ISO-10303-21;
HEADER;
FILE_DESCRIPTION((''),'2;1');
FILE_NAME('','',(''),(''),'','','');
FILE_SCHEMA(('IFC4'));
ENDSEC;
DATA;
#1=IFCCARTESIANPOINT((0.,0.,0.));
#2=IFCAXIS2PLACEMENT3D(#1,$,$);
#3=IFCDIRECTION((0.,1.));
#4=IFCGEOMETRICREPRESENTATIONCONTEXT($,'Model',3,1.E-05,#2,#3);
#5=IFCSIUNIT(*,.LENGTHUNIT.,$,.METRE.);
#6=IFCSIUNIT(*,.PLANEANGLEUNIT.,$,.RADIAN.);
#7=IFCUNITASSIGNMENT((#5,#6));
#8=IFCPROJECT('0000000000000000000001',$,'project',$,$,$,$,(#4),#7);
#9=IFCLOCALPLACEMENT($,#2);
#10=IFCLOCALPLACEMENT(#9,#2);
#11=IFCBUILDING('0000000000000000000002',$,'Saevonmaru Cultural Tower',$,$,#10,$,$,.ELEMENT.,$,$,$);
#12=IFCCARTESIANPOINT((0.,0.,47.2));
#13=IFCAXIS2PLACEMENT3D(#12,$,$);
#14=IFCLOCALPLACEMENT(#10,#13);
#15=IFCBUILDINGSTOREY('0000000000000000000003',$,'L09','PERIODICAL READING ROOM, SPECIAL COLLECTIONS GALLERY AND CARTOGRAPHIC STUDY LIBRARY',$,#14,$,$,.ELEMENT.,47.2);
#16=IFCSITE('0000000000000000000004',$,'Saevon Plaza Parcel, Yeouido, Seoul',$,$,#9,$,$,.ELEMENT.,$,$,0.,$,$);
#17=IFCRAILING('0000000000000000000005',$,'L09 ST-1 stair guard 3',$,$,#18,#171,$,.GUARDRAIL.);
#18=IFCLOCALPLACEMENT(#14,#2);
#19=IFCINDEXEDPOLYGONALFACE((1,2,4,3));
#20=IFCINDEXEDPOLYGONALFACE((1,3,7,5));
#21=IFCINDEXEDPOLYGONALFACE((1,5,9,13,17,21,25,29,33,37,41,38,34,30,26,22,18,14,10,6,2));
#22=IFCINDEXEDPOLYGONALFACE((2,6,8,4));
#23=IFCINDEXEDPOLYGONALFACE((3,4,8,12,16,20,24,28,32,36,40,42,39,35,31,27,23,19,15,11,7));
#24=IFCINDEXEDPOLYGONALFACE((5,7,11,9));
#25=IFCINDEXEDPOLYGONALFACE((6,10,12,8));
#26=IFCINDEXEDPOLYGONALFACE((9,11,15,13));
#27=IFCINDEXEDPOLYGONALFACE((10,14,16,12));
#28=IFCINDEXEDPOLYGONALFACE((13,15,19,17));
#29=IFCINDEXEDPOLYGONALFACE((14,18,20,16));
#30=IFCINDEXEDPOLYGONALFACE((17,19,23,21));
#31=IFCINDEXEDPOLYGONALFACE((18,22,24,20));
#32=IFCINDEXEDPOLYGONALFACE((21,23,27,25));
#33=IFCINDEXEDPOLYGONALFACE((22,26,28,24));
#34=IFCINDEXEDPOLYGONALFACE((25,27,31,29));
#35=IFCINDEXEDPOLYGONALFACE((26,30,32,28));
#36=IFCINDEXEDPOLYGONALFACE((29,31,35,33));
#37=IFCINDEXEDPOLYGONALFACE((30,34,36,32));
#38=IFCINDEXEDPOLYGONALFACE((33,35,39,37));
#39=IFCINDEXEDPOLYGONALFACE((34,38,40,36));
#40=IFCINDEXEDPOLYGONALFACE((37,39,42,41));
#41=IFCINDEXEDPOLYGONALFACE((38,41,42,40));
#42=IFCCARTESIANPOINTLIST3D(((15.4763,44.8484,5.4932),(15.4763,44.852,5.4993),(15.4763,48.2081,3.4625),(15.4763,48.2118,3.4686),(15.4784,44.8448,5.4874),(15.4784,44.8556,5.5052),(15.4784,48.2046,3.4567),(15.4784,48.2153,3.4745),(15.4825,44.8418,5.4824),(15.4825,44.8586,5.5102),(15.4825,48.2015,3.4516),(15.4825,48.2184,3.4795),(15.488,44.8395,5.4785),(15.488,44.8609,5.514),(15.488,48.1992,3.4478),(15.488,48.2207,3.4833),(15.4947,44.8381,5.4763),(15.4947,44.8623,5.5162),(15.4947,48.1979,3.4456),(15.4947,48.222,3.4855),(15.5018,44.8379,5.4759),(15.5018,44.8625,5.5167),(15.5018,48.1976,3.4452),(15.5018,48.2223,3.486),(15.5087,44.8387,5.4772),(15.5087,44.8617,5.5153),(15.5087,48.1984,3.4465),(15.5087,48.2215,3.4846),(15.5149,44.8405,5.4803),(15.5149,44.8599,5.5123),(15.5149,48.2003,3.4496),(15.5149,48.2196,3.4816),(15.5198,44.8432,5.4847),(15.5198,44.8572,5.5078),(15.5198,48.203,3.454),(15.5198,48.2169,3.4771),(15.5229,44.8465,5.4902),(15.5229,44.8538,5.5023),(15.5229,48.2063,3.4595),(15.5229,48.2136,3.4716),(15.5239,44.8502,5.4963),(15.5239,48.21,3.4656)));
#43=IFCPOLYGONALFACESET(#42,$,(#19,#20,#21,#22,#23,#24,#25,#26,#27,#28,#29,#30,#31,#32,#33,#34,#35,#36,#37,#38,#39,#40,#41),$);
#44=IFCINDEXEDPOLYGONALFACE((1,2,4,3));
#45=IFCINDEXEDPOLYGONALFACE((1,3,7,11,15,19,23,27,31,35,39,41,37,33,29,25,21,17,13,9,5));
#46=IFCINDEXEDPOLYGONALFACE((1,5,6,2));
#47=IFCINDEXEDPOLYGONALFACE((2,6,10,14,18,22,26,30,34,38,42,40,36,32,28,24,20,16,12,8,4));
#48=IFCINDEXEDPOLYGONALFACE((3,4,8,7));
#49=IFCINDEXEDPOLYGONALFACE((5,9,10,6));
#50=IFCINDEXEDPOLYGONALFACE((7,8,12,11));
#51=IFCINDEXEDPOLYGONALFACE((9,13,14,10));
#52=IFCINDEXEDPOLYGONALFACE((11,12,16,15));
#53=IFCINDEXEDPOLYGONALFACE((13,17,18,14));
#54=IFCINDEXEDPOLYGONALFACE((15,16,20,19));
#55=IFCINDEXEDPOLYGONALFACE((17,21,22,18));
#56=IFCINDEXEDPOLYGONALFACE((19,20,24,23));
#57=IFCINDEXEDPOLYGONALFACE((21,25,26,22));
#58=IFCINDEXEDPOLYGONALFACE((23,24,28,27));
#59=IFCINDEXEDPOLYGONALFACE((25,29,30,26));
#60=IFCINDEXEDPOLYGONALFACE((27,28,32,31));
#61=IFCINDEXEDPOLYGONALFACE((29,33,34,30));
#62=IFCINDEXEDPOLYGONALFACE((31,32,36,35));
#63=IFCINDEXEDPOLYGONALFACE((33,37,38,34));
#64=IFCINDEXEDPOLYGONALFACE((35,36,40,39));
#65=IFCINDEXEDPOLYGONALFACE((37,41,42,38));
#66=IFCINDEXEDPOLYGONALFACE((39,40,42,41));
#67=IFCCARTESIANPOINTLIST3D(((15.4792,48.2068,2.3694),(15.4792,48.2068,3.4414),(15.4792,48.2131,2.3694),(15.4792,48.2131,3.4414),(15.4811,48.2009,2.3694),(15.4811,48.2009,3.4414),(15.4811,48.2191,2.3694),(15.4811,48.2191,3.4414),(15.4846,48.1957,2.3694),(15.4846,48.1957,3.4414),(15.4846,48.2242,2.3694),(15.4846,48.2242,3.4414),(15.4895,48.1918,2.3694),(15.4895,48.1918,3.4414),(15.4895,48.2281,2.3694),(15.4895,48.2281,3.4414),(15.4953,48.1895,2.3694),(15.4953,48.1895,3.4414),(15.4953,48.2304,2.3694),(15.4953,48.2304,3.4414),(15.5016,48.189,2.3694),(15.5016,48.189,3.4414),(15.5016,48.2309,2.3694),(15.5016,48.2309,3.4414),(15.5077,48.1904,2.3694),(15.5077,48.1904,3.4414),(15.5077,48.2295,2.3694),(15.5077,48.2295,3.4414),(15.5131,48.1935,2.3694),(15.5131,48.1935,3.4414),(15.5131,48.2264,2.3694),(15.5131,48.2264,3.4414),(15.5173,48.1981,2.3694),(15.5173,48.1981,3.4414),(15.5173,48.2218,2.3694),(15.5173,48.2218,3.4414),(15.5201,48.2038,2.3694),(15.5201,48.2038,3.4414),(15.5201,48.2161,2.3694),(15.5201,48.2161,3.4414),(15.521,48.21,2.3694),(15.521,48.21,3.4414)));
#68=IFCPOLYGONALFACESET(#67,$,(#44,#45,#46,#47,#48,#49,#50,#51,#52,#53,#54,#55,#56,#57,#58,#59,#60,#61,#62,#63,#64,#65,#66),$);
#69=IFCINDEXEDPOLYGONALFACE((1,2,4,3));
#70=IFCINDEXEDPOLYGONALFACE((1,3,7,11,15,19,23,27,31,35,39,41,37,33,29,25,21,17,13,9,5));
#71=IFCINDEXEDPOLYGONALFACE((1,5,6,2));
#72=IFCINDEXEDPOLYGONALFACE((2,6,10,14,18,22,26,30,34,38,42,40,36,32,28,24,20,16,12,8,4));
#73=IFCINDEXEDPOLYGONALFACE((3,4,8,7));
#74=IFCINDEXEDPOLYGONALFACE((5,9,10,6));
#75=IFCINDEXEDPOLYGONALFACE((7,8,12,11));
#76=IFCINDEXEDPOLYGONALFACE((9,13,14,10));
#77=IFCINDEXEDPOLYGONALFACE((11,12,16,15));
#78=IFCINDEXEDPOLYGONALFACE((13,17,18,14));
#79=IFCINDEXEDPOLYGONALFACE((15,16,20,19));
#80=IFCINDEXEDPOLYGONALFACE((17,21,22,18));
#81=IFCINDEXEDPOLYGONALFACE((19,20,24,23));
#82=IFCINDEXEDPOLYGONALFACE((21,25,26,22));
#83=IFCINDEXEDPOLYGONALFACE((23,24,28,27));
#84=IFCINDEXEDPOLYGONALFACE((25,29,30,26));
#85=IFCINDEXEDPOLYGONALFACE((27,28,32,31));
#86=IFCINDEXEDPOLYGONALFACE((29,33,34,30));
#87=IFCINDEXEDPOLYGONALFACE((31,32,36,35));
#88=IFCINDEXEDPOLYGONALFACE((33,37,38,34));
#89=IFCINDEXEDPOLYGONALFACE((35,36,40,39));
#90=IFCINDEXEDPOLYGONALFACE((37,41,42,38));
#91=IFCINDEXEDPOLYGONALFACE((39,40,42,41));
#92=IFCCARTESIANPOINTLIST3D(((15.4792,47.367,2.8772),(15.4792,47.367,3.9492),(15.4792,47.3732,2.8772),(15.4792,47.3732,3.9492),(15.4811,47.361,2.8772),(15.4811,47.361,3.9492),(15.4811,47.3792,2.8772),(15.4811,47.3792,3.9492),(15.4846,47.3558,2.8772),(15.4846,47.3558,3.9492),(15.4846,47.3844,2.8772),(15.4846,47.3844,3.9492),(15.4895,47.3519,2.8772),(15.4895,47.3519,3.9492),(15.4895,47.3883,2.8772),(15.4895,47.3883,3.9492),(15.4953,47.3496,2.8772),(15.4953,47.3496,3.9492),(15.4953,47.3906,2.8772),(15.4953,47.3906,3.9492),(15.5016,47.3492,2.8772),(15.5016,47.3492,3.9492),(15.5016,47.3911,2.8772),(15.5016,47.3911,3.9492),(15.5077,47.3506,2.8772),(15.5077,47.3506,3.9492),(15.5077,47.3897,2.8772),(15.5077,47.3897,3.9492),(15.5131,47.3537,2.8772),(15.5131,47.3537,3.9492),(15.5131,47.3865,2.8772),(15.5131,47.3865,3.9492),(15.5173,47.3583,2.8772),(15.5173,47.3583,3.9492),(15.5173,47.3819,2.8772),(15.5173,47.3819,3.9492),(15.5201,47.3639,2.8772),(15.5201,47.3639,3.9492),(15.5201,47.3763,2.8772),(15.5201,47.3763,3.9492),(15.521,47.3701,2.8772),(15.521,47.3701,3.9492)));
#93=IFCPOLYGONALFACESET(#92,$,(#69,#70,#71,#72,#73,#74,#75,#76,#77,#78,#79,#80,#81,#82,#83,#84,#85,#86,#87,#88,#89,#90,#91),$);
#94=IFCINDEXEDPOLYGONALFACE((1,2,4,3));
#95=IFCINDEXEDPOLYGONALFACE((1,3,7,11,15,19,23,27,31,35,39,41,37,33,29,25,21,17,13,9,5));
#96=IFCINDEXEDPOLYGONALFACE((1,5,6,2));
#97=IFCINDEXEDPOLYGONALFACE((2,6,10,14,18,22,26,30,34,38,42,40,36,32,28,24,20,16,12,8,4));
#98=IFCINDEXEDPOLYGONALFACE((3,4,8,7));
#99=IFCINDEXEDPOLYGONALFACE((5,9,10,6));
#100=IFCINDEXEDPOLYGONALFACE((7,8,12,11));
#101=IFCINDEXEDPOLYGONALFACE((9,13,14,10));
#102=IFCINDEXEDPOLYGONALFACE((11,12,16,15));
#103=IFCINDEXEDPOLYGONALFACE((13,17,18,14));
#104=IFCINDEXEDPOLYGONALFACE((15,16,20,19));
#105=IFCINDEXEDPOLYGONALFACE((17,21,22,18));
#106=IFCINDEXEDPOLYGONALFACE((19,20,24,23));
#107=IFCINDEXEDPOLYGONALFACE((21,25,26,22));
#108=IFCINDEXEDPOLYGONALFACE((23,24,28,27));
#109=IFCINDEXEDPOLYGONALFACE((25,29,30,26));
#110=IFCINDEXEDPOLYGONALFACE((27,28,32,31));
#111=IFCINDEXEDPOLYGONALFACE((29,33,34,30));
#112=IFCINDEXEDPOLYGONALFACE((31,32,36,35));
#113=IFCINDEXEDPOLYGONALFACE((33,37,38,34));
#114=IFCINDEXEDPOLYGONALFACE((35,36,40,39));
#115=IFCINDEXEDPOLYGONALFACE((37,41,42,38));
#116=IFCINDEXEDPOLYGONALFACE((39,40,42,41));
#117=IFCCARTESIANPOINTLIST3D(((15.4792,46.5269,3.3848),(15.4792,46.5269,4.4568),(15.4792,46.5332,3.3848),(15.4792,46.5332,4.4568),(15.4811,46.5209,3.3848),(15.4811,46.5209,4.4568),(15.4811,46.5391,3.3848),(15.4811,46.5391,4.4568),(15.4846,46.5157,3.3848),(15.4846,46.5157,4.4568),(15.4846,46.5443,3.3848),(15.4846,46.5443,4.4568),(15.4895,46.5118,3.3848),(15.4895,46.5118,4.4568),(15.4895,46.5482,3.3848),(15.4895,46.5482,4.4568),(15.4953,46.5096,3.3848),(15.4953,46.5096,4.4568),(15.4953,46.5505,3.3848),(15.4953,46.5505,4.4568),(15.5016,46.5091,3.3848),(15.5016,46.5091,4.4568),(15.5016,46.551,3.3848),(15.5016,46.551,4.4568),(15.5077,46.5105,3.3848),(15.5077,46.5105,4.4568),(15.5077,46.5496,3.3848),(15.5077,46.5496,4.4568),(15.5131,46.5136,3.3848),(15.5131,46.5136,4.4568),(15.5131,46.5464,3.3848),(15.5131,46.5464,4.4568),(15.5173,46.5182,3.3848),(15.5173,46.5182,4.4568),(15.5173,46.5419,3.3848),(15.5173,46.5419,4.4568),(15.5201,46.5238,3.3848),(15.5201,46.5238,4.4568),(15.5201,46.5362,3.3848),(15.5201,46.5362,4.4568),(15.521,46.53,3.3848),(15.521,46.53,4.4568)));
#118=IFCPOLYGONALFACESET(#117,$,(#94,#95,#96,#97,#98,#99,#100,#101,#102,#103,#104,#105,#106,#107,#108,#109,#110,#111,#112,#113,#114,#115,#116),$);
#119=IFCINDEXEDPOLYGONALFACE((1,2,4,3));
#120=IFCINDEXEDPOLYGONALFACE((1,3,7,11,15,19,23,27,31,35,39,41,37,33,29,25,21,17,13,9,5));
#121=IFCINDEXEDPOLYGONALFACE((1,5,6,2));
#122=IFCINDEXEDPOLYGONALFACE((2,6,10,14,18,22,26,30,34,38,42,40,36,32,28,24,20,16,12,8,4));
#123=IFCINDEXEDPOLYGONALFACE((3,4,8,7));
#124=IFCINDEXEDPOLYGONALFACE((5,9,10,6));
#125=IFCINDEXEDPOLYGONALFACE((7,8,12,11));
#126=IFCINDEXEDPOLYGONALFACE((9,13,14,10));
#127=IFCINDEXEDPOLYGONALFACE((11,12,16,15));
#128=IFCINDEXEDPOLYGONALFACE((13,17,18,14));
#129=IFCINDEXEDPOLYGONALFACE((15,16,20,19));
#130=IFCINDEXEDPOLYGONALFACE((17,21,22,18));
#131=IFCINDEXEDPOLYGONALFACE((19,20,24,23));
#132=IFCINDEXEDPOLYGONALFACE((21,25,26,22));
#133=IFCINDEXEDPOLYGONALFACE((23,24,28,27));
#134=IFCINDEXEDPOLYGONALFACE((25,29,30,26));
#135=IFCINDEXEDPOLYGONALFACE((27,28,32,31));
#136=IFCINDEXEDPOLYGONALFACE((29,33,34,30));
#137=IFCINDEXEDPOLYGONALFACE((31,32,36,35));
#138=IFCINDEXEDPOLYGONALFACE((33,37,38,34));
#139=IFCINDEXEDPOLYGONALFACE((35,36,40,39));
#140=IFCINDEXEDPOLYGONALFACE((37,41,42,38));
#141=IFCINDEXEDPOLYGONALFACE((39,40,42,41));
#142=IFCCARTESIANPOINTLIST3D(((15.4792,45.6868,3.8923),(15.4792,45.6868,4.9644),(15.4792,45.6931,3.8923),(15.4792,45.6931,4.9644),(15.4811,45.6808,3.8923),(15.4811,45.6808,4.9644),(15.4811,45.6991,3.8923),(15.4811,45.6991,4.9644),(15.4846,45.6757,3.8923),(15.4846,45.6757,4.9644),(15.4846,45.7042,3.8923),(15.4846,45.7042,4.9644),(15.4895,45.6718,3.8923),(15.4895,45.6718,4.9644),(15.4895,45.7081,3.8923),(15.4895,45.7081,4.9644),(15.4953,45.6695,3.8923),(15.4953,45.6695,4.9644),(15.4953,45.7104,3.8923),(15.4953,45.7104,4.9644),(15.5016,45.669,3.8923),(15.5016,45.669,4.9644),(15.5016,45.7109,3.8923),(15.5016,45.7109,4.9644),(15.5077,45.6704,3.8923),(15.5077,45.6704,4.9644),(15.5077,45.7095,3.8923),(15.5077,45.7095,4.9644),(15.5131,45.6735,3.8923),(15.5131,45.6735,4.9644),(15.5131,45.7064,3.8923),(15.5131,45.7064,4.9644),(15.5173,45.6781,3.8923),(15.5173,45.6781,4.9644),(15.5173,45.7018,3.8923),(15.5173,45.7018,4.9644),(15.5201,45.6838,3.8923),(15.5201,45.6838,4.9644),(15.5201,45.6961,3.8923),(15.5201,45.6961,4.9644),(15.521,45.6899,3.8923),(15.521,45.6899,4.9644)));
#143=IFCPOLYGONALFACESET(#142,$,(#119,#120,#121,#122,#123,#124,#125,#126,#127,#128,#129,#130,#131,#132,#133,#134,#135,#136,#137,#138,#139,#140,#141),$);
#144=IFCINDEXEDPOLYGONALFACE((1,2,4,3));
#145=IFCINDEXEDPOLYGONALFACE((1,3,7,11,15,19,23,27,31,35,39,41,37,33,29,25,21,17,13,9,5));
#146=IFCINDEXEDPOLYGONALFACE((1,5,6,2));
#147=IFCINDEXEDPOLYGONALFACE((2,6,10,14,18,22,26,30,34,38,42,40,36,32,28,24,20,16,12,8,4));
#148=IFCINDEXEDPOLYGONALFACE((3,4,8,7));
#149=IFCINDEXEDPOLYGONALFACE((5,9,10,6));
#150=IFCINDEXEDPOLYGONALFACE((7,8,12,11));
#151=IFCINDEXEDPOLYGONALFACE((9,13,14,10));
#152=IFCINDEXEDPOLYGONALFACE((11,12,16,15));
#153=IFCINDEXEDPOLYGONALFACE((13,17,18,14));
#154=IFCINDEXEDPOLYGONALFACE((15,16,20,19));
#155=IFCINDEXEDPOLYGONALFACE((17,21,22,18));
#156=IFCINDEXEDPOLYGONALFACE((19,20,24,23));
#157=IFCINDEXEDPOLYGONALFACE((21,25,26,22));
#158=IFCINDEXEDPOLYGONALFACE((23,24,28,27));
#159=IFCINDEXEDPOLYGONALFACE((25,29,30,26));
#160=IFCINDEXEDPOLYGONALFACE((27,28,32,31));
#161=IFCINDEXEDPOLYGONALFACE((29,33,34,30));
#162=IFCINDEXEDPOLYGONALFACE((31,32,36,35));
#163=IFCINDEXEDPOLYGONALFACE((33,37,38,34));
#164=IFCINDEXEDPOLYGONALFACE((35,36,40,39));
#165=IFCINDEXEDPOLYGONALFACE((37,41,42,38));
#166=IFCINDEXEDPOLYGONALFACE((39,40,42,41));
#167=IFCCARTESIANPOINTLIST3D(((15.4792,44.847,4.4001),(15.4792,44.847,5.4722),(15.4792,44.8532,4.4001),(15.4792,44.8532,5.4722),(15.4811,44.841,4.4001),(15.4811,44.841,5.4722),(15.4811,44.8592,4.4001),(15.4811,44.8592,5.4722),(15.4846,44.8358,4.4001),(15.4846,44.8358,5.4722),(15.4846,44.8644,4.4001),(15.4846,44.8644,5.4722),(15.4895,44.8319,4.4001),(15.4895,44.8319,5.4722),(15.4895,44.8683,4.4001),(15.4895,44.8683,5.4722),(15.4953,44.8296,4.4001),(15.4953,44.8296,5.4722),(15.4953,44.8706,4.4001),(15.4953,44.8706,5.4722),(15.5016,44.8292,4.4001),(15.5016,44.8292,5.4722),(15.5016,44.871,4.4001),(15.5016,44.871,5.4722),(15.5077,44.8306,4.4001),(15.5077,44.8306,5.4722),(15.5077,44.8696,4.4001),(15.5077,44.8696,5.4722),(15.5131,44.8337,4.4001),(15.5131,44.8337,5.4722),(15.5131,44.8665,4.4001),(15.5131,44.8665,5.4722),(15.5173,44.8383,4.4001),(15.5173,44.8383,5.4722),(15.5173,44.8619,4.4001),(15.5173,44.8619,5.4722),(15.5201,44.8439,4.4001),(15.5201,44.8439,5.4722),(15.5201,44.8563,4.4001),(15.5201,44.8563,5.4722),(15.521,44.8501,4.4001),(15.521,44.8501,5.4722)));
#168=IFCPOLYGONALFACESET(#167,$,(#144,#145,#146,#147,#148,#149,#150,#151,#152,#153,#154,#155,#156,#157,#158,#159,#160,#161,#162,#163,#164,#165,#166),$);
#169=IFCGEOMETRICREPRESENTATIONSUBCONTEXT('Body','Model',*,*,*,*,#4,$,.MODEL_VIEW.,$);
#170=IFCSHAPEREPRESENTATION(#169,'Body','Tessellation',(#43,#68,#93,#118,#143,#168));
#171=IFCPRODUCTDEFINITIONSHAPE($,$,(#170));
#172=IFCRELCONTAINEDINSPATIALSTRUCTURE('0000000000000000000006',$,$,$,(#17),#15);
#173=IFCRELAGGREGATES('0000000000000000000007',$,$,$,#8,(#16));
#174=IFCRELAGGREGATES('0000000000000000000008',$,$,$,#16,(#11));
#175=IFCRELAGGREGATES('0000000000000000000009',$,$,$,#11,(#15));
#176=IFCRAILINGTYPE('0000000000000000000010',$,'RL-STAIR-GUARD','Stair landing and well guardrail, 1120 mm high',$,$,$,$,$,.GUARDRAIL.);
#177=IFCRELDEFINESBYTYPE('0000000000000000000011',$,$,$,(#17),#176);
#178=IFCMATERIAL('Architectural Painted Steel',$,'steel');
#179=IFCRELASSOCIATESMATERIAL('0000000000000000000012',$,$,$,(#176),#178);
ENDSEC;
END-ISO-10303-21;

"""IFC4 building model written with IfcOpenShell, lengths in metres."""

from ifc_helpers import new_model, si_unit, direction, frame, origin, origin_2d, place, context, subcontext, project, spatial, circle, extrude, material, type_object, element, save


model = new_model("IFC4")

# Units and contexts
model_context = context("Model", 3, precision=1e-05, world=origin(), true_north=direction((0.0, 1.0)))
body_context = subcontext(model_context, "Body", "Model", "MODEL_VIEW")
ifc_project = project(units=[si_unit("LENGTHUNIT", "METRE"), si_unit("PLANEANGLEUNIT", "RADIAN")], contexts=[model_context])

# Site, building, storey
site_placement = place(None, origin())
site = spatial("IfcSite", under=ifc_project, at=site_placement, Name="Saevon Plaza Parcel, Yeouido, Seoul", CompositionType="ELEMENT", RefElevation=0.0)
building_placement = place(site_placement, origin())
building = spatial("IfcBuilding", under=site, at=building_placement, Name="Saevonmaru Cultural Tower", CompositionType="ELEMENT")
storey_placement = place(building_placement, frame((0.0, 0.0, 47.2)))
storey = spatial("IfcBuildingStorey", under=building, at=storey_placement, Name="L09", Description="PERIODICAL READING ROOM, SPECIAL COLLECTIONS GALLERY AND CARTOGRAPHIC STUDY LIBRARY", CompositionType="ELEMENT", Elevation=47.2)

# Railing
ifc_material_1 = material(Name="Architectural Painted Steel", Category="steel")
railing_type = type_object("IfcRailingType", Name="RL-STAIR-GUARD", Description="Stair landing and well guardrail, 1120 mm high", PredefinedType="GUARDRAIL", material=ifc_material_1)
railing_1_placement = place(storey_placement, frame((15.5, 48.21, 2.3694)))
element("IfcRailing", 1, at=railing_1_placement, inside=storey, type_object=railing_type, Name="L09 ST-1 stair guard 3", PredefinedType="GUARDRAIL", context=body_context, shape_type="SweptSolid", body=[
    extrude(circle(Radius=0.0239, at=origin_2d()), frame((0.0, 0.0, 1.0962), z_axis=(0.0, -0.85582, 0.517273), x_axis=(1.0, 0.0, 0.0)), (0.0, 0.0, 1.0), 3.9258),
    extrude(circle(Radius=0.021, at=origin_2d()), origin(), (0.0, 0.0, 1.0), 1.072),
    extrude(circle(Radius=0.021, at=origin_2d()), frame((0.0, -0.8398, 0.5078)), (0.0, 0.0, 1.0), 1.072),
    extrude(circle(Radius=0.021, at=origin_2d()), frame((0.0, -1.6799, 1.0154)), (0.0, 0.0, 1.0), 1.072),
    extrude(circle(Radius=0.021, at=origin_2d()), frame((0.0, -2.52, 1.5229)), (0.0, 0.0, 1.0), 1.072),
    extrude(circle(Radius=0.021, at=origin_2d()), frame((0.0, -3.3599, 2.0308)), (0.0, 0.0, 1.0), 1.072),
])

save(model, "model.ifc")
